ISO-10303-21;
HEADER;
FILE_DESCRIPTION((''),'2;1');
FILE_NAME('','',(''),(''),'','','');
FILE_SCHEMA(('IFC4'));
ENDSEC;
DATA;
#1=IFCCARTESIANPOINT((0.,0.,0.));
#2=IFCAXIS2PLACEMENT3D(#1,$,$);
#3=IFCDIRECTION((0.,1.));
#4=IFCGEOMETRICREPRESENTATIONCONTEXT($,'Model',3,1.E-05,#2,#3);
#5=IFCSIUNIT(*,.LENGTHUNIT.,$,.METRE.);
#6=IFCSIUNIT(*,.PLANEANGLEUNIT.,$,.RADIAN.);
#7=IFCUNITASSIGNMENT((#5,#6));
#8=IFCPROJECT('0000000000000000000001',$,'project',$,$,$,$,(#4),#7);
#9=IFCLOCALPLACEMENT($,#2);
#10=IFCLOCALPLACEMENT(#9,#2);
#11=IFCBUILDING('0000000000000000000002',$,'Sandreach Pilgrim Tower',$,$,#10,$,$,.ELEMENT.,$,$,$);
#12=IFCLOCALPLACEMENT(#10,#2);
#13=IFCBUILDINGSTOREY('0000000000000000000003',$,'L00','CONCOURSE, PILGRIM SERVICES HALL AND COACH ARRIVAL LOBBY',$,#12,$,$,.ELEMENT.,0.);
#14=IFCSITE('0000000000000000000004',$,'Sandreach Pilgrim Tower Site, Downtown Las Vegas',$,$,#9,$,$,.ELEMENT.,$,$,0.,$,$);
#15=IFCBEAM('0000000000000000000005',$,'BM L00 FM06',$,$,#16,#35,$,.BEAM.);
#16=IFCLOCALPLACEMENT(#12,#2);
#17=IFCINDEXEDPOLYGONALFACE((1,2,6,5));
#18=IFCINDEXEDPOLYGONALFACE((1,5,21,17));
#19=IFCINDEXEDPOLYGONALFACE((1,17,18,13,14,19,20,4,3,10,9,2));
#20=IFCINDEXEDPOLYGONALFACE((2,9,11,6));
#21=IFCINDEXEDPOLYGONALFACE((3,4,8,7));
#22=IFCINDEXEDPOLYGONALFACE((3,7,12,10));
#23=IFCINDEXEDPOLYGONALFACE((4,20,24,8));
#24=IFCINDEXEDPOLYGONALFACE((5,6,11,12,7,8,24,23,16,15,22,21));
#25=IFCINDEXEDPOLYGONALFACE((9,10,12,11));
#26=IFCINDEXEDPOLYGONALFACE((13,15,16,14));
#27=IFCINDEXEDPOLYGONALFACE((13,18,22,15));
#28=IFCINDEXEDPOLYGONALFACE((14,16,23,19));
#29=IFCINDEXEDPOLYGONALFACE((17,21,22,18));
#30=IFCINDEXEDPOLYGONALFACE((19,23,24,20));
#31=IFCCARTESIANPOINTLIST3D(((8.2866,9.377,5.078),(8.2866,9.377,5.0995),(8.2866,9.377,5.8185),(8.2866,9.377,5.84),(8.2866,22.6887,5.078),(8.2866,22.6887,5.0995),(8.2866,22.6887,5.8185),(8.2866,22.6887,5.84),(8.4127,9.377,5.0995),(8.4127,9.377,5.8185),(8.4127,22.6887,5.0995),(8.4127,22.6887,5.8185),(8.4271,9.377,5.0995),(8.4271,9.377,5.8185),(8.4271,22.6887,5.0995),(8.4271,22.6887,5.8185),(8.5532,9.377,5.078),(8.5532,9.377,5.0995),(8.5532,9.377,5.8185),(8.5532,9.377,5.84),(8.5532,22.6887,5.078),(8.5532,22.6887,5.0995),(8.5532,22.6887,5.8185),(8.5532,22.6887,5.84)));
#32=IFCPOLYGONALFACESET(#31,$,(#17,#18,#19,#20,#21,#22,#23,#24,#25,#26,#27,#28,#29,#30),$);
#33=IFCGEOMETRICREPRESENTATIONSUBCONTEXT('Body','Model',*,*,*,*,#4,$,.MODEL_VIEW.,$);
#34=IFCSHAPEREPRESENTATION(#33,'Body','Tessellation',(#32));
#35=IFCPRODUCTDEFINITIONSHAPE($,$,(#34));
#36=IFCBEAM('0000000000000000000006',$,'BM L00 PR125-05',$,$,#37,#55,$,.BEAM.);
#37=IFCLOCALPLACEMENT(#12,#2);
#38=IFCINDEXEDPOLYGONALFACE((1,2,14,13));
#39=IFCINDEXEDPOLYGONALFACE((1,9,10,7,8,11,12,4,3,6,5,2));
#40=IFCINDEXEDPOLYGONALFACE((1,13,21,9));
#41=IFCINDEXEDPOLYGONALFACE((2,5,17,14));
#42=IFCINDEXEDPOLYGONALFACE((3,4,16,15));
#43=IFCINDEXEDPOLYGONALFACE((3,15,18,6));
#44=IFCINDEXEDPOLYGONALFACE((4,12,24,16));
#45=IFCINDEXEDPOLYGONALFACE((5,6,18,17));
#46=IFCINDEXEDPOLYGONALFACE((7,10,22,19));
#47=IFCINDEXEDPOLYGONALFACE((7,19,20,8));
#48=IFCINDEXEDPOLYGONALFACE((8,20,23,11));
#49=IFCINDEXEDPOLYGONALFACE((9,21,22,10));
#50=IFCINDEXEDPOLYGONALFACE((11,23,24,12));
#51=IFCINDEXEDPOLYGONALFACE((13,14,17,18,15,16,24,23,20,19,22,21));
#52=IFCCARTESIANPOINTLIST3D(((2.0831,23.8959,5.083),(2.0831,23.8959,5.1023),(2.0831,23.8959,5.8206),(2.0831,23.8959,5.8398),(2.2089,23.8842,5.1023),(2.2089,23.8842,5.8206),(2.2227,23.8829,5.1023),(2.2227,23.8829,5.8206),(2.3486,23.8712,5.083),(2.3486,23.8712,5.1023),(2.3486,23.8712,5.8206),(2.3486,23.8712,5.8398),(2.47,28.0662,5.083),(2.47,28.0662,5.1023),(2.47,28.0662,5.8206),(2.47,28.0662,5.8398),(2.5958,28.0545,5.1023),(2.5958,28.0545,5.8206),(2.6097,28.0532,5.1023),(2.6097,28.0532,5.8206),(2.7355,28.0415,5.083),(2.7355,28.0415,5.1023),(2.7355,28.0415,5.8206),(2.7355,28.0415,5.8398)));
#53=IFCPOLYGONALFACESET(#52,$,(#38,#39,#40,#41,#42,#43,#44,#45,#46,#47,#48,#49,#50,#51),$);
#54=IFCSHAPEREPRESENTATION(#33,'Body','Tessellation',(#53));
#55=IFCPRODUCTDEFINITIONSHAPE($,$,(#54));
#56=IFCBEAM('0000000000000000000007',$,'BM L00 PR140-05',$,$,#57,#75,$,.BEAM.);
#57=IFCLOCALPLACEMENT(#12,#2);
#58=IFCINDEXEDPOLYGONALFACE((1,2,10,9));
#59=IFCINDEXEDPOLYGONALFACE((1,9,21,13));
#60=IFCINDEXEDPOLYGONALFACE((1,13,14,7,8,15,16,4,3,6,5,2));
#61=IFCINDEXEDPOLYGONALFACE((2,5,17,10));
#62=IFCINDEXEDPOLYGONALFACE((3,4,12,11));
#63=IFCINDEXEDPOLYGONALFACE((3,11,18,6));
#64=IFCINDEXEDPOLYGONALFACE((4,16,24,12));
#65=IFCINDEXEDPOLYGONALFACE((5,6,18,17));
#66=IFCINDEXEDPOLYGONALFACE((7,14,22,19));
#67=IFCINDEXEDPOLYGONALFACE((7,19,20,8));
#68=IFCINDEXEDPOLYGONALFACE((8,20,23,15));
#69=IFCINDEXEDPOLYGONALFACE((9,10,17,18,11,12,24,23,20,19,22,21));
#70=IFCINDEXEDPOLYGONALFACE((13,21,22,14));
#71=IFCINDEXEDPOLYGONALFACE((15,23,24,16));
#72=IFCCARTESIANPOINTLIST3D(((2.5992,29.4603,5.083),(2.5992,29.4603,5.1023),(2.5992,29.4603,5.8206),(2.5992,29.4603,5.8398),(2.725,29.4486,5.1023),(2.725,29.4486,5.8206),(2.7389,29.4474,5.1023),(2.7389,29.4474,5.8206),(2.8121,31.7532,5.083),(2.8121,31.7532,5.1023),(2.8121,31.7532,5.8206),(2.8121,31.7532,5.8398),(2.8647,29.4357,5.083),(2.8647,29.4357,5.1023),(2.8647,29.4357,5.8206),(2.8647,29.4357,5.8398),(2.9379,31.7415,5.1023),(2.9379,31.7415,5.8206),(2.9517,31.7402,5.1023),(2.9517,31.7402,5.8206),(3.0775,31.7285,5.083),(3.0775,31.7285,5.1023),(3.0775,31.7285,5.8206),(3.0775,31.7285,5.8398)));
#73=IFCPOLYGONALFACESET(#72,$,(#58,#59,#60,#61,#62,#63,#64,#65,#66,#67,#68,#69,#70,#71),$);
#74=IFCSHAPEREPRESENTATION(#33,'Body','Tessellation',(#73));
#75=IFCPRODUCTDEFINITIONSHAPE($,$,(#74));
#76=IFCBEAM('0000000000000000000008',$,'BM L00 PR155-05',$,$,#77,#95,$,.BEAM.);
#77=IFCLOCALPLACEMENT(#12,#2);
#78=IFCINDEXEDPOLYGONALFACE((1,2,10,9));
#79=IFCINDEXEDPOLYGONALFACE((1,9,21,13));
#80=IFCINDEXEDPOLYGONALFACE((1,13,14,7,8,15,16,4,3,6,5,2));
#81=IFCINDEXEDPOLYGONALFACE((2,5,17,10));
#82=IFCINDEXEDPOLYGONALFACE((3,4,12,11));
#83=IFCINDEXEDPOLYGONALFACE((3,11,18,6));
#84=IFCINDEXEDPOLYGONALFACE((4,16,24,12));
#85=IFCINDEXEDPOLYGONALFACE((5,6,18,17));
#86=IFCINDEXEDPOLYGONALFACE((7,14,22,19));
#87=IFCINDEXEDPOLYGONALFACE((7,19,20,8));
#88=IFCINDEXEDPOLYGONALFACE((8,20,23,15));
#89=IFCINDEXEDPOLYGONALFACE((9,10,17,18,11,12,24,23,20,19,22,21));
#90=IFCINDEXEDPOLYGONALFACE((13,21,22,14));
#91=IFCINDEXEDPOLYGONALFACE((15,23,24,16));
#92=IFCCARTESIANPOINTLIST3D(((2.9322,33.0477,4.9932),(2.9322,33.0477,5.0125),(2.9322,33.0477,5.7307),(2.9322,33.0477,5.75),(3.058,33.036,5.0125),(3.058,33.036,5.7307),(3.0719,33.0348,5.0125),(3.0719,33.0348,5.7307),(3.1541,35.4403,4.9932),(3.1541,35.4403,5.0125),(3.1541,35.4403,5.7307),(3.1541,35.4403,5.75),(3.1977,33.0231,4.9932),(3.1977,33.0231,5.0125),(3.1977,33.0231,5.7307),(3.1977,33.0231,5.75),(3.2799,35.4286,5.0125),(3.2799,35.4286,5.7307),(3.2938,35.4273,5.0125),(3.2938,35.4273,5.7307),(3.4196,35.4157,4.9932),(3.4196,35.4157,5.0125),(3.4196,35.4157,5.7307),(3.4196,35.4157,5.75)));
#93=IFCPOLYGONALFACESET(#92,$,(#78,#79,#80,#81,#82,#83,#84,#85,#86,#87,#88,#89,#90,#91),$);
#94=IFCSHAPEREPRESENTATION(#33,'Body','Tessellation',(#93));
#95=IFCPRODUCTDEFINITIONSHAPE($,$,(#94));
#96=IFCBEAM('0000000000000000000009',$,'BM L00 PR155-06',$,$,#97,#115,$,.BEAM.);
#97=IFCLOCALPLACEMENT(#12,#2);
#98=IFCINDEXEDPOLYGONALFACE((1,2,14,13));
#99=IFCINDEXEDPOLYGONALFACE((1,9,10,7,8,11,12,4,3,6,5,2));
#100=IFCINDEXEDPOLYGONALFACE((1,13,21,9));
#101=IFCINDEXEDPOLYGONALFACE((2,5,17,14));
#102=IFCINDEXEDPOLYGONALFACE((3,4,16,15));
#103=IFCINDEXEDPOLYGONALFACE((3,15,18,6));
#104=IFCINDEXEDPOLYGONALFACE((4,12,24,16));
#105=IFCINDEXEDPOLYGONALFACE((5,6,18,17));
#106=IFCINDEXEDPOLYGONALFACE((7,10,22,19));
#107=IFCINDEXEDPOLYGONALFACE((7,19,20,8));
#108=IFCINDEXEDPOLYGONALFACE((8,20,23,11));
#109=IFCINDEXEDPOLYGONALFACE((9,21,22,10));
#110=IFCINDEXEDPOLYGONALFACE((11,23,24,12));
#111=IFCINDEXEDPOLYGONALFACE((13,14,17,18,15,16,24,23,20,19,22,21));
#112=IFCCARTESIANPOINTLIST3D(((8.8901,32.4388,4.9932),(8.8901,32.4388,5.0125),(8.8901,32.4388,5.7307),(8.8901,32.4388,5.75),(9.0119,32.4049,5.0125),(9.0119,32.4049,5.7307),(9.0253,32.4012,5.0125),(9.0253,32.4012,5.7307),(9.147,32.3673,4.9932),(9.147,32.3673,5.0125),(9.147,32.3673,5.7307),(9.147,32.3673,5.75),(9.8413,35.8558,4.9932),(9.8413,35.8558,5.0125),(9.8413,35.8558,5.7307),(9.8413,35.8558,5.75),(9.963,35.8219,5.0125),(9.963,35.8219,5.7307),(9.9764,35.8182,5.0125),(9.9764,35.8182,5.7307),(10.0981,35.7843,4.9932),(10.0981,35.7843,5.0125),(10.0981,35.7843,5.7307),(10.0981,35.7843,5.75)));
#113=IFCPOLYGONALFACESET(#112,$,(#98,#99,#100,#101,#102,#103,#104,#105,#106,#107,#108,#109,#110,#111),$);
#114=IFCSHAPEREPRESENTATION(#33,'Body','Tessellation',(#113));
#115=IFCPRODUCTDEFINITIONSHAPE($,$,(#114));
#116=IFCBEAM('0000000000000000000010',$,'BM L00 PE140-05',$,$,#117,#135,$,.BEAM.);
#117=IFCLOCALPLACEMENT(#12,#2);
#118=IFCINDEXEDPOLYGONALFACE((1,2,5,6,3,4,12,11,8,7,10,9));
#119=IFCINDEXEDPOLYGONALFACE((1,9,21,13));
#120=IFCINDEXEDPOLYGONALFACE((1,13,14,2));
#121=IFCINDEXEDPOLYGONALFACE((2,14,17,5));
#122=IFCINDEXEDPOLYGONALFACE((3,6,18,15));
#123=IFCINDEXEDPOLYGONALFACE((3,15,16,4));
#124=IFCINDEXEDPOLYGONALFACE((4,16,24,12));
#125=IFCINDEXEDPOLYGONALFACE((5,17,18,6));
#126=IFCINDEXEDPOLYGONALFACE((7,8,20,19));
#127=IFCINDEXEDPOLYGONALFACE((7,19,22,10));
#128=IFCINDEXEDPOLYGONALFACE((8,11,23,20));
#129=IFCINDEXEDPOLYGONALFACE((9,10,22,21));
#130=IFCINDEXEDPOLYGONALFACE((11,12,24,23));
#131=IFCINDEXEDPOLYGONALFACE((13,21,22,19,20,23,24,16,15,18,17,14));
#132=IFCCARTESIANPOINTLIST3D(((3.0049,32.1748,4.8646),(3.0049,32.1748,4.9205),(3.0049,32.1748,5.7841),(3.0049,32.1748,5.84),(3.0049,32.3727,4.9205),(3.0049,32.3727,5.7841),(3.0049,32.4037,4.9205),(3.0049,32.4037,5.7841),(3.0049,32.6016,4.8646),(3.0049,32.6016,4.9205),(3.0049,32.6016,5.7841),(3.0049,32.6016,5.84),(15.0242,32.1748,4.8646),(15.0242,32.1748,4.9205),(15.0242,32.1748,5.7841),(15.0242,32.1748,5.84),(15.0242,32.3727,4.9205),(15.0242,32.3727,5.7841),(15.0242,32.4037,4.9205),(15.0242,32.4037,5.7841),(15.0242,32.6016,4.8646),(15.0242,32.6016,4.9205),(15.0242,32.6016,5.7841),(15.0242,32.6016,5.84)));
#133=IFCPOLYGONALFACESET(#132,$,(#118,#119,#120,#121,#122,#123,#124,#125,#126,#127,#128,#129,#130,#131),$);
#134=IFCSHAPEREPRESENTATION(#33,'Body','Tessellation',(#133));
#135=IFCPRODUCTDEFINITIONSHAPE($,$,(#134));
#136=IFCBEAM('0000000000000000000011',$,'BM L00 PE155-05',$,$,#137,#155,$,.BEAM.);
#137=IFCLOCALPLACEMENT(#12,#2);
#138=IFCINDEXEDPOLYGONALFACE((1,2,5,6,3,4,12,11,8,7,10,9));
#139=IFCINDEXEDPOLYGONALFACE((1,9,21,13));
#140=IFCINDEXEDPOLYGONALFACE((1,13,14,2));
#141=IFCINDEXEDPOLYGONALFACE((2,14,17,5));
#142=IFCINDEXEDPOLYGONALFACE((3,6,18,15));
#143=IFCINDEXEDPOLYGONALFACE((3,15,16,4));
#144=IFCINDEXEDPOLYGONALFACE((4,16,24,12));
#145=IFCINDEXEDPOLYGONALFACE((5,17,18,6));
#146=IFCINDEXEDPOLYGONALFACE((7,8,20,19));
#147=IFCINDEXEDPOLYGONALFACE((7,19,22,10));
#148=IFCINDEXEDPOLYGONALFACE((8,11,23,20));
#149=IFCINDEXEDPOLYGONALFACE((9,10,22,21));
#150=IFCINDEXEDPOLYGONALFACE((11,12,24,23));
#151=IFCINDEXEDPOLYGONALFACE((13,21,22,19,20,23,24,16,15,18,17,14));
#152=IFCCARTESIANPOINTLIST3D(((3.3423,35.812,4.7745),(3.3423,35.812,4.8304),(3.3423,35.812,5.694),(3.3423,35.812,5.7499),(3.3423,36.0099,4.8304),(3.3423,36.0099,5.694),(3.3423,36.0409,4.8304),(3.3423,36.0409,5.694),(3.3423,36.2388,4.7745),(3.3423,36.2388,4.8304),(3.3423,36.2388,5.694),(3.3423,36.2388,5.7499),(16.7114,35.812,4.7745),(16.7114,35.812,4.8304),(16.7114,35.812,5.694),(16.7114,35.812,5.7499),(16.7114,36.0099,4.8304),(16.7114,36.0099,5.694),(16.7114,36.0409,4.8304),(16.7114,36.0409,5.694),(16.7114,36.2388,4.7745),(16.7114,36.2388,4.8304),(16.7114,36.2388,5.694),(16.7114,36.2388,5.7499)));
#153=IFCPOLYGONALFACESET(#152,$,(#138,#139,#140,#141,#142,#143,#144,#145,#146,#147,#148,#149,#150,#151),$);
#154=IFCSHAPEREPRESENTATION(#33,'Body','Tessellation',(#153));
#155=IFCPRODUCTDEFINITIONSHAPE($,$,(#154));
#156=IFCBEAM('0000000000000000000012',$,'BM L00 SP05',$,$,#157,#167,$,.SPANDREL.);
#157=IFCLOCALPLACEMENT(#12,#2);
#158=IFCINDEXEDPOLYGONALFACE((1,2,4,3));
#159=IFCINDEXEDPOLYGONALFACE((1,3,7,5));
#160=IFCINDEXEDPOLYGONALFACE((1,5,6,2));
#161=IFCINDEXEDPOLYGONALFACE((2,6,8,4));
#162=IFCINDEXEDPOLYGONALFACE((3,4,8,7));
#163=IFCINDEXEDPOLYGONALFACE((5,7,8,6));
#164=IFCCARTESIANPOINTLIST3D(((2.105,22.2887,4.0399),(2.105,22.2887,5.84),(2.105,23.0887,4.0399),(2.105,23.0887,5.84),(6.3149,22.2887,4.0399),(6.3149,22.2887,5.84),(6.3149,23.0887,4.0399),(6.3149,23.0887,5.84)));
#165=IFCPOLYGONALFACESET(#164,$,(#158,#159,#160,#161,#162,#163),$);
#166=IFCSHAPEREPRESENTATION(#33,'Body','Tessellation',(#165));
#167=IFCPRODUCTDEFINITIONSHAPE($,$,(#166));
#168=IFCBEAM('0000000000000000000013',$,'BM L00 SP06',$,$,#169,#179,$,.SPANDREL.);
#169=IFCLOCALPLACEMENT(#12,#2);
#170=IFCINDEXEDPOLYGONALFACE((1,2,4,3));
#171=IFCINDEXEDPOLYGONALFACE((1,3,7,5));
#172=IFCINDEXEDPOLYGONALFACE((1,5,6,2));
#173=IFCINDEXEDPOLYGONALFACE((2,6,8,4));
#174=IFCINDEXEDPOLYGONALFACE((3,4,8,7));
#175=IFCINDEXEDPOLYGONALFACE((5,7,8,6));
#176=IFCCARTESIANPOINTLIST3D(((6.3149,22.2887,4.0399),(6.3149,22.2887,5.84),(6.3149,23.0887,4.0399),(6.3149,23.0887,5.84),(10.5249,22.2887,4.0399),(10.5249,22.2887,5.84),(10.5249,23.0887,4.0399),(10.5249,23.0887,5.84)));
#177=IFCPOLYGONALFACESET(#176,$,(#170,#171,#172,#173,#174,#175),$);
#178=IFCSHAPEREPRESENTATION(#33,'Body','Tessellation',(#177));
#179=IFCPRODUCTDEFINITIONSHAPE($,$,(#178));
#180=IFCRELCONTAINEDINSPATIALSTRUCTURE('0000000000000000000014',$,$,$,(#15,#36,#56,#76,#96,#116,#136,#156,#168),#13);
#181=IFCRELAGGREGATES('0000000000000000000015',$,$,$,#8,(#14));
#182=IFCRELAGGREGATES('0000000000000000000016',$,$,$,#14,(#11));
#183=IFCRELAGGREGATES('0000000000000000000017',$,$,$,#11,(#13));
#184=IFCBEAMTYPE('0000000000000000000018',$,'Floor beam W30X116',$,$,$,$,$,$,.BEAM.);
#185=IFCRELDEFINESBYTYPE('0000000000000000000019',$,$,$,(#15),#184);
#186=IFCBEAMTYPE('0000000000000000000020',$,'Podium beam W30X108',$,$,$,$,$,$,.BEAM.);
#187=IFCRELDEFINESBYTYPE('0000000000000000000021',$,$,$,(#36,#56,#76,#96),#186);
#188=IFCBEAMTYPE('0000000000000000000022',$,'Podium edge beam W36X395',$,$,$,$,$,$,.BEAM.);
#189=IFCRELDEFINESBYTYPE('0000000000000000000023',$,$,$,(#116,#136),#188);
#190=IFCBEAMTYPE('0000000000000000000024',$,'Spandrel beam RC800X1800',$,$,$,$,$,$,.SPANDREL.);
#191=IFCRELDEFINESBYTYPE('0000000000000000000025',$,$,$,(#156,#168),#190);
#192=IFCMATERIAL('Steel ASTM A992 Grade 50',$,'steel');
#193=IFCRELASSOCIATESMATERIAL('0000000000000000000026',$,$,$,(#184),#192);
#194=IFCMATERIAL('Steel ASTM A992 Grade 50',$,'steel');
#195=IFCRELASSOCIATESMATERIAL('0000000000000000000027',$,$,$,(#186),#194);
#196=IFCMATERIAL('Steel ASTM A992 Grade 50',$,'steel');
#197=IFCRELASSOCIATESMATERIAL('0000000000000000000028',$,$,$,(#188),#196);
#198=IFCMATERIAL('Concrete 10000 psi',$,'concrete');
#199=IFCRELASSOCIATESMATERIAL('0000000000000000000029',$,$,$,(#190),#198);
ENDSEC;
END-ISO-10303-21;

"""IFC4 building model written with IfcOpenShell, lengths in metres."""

from ifc_helpers import new_model, si_unit, direction, frame, origin, origin_2d, place, context, subcontext, project, spatial, rectangle, i_section, extrude, material, material_profile, profile_set, type_object, element, save


model = new_model("IFC4")

# Units and contexts
model_context = context("Model", 3, precision=1e-05, world=origin(), true_north=direction((0.0, 1.0)))
body_context = subcontext(model_context, "Body", "Model", "MODEL_VIEW")
ifc_project = project(units=[si_unit("LENGTHUNIT", "METRE"), si_unit("PLANEANGLEUNIT", "RADIAN")], contexts=[model_context])

# Site, building, storey
site_placement = place(None, origin())
site = spatial("IfcSite", under=ifc_project, at=site_placement, Name="Sandreach Pilgrim Tower Site, Downtown Las Vegas", CompositionType="ELEMENT", RefElevation=0.0)
building_placement = place(site_placement, origin())
building = spatial("IfcBuilding", under=site, at=building_placement, Name="Sandreach Pilgrim Tower", CompositionType="ELEMENT")
storey_placement = place(building_placement, origin())
storey = spatial("IfcBuildingStorey", under=building, at=storey_placement, Name="L00", Description="CONCOURSE, PILGRIM SERVICES HALL AND COACH ARRIVAL LOBBY", CompositionType="ELEMENT", Elevation=0.0)

# Beams
ifc_material_1 = material(Name="Steel ASTM A992 Grade 50", Category="steel")
ifc_material_profile_1 = material_profile(ifc_material_1, i_section(OverallWidth=0.2666, OverallDepth=0.762, WebThickness=0.0144, FlangeThickness=0.0215, at=origin_2d()), Name="W30X116")
ifc_profile_set_1 = profile_set([ifc_material_profile_1], Name="Steel ASTM A992 Grade 50")
beam_type_1 = type_object("IfcBeamType", Name="Floor beam W30X116", PredefinedType="BEAM", material=ifc_profile_set_1)
beam_1_placement = place(storey_placement, frame((8.4199, 22.6887, 5.459), z_axis=(0.0, -1.0, 0.0), x_axis=(1.0, 0.0, 0.0)))
element("IfcBeam", 1, at=beam_1_placement, inside=storey, type_object=beam_type_1, Name="BM L00 FM06", PredefinedType="BEAM", context=body_context, shape_type="SweptSolid", body=[
    extrude(i_section(OverallWidth=0.2666, OverallDepth=0.762, WebThickness=0.0144, FlangeThickness=0.0215, at=origin_2d()), origin(), (0.0, 0.0, 1.0), 13.3118),
])
ifc_material_2 = material(Name="Steel ASTM A992 Grade 50", Category="steel")
ifc_material_profile_2 = material_profile(ifc_material_2, i_section(OverallWidth=0.2666, OverallDepth=0.7568, WebThickness=0.0139, FlangeThickness=0.0193, at=origin_2d()), Name="W30X108")
ifc_profile_set_2 = profile_set([ifc_material_profile_2], Name="Steel ASTM A992 Grade 50")
beam_type_2 = type_object("IfcBeamType", Name="Podium beam W30X108", PredefinedType="BEAM", material=ifc_profile_set_2)
beam_2_placement = place(storey_placement, frame((2.2158, 23.8835, 5.4614), z_axis=(0.092391, 0.995723, 0.0), x_axis=(-0.995723, 0.092391, 0.0)))
element("IfcBeam", 2, at=beam_2_placement, inside=storey, type_object=beam_type_2, Name="BM L00 PR125-05", PredefinedType="BEAM", context=body_context, shape_type="SweptSolid", body=[
    extrude(i_section(OverallWidth=0.2666, OverallDepth=0.7568, WebThickness=0.0139, FlangeThickness=0.0193, at=origin_2d()), origin(), (0.0, 0.0, 1.0), 4.1882),
])
beam_3_placement = place(storey_placement, frame((2.7319, 29.448, 5.4614), z_axis=(0.092447, 0.995718, 0.0), x_axis=(-0.995718, 0.092447, 0.0)))
element("IfcBeam", 3, at=beam_3_placement, inside=storey, type_object=beam_type_2, Name="BM L00 PR140-05", PredefinedType="BEAM", context=body_context, shape_type="SweptSolid", body=[
    extrude(i_section(OverallWidth=0.2666, OverallDepth=0.7568, WebThickness=0.0139, FlangeThickness=0.0193, at=origin_2d()), origin(), (0.0, 0.0, 1.0), 2.3027),
])
beam_4_placement = place(storey_placement, frame((3.0649, 33.0354, 5.3716), z_axis=(0.092359, 0.995726, 0.0), x_axis=(-0.995726, 0.092359, 0.0)))
element("IfcBeam", 4, at=beam_4_placement, inside=storey, type_object=beam_type_2, Name="BM L00 PR155-05", PredefinedType="BEAM", context=body_context, shape_type="SweptSolid", body=[
    extrude(i_section(OverallWidth=0.2666, OverallDepth=0.7568, WebThickness=0.0139, FlangeThickness=0.0193, at=origin_2d()), origin(), (0.0, 0.0, 1.0), 2.4028),
])
beam_5_placement = place(storey_placement, frame((9.0186, 32.4031, 5.3716), z_axis=(0.268169, 0.963372, 0.0), x_axis=(-0.963372, 0.268169, 0.0)))
element("IfcBeam", 5, at=beam_5_placement, inside=storey, type_object=beam_type_2, Name="BM L00 PR155-06", PredefinedType="BEAM", context=body_context, shape_type="SweptSolid", body=[
    extrude(i_section(OverallWidth=0.2666, OverallDepth=0.7568, WebThickness=0.0139, FlangeThickness=0.0193, at=origin_2d()), origin(), (0.0, 0.0, 1.0), 3.5469),
])
ifc_material_3 = material(Name="Steel ASTM A992 Grade 50", Category="steel")
ifc_material_profile_3 = material_profile(ifc_material_3, i_section(OverallWidth=0.4268, OverallDepth=0.9753, WebThickness=0.031, FlangeThickness=0.0559, at=origin_2d()), Name="W36X395")
ifc_profile_set_3 = profile_set([ifc_material_profile_3], Name="Steel ASTM A992 Grade 50")
beam_type_3 = type_object("IfcBeamType", Name="Podium edge beam W36X395", PredefinedType="BEAM", material=ifc_profile_set_3)
beam_6_placement = place(storey_placement, frame((3.0049, 32.3882, 5.3523), z_axis=(1.0, 0.0, 0.0), x_axis=(0.0, 1.0, 0.0)))
element("IfcBeam", 6, at=beam_6_placement, inside=storey, type_object=beam_type_3, Name="BM L00 PE140-05", PredefinedType="BEAM", context=body_context, shape_type="SweptSolid", body=[
    extrude(i_section(OverallWidth=0.4268, OverallDepth=0.9753, WebThickness=0.031, FlangeThickness=0.0559, at=origin_2d()), origin(), (0.0, 0.0, 1.0), 12.0193),
])
beam_7_placement = place(storey_placement, frame((3.3423, 36.0254, 5.2622), z_axis=(1.0, 0.0, 0.0), x_axis=(0.0, 1.0, 0.0)))
element("IfcBeam", 7, at=beam_7_placement, inside=storey, type_object=beam_type_3, Name="BM L00 PE155-05", PredefinedType="BEAM", context=body_context, shape_type="SweptSolid", body=[
    extrude(i_section(OverallWidth=0.4268, OverallDepth=0.9753, WebThickness=0.031, FlangeThickness=0.0559, at=origin_2d()), origin(), (0.0, 0.0, 1.0), 13.3691),
])
ifc_material_4 = material(Name="Concrete 10000 psi", Category="concrete")
ifc_material_profile_4 = material_profile(ifc_material_4, rectangle(XDim=0.8, YDim=1.8, at=origin_2d()), Name="RC800X1800")
ifc_profile_set_4 = profile_set([ifc_material_profile_4], Name="Concrete 10000 psi")
beam_type_4 = type_object("IfcBeamType", Name="Spandrel beam RC800X1800", PredefinedType="SPANDREL", material=ifc_profile_set_4)
for number, where, z_axis, x_axis, name in (
    (8, (2.105, 22.6887, 4.9399), (1.0, 0.0, 0.0), (0.0, 1.0, 0.0), "BM L00 SP05"),
    (9, (6.3149, 22.6887, 4.9399), (1.0, 0.0, 0.0), (0.0, 1.0, 0.0), "BM L00 SP06"),
):
    element("IfcBeam", number, at=place(storey_placement, frame(where, z_axis=z_axis, x_axis=x_axis)), inside=storey, type_object=beam_type_4, Name=name, PredefinedType="SPANDREL", context=body_context, shape_type="SweptSolid", body=[
        extrude(rectangle(XDim=0.8, YDim=1.8, at=origin_2d()), origin(), (0.0, 0.0, 1.0), 4.21),
    ])

save(model, "model.ifc")
